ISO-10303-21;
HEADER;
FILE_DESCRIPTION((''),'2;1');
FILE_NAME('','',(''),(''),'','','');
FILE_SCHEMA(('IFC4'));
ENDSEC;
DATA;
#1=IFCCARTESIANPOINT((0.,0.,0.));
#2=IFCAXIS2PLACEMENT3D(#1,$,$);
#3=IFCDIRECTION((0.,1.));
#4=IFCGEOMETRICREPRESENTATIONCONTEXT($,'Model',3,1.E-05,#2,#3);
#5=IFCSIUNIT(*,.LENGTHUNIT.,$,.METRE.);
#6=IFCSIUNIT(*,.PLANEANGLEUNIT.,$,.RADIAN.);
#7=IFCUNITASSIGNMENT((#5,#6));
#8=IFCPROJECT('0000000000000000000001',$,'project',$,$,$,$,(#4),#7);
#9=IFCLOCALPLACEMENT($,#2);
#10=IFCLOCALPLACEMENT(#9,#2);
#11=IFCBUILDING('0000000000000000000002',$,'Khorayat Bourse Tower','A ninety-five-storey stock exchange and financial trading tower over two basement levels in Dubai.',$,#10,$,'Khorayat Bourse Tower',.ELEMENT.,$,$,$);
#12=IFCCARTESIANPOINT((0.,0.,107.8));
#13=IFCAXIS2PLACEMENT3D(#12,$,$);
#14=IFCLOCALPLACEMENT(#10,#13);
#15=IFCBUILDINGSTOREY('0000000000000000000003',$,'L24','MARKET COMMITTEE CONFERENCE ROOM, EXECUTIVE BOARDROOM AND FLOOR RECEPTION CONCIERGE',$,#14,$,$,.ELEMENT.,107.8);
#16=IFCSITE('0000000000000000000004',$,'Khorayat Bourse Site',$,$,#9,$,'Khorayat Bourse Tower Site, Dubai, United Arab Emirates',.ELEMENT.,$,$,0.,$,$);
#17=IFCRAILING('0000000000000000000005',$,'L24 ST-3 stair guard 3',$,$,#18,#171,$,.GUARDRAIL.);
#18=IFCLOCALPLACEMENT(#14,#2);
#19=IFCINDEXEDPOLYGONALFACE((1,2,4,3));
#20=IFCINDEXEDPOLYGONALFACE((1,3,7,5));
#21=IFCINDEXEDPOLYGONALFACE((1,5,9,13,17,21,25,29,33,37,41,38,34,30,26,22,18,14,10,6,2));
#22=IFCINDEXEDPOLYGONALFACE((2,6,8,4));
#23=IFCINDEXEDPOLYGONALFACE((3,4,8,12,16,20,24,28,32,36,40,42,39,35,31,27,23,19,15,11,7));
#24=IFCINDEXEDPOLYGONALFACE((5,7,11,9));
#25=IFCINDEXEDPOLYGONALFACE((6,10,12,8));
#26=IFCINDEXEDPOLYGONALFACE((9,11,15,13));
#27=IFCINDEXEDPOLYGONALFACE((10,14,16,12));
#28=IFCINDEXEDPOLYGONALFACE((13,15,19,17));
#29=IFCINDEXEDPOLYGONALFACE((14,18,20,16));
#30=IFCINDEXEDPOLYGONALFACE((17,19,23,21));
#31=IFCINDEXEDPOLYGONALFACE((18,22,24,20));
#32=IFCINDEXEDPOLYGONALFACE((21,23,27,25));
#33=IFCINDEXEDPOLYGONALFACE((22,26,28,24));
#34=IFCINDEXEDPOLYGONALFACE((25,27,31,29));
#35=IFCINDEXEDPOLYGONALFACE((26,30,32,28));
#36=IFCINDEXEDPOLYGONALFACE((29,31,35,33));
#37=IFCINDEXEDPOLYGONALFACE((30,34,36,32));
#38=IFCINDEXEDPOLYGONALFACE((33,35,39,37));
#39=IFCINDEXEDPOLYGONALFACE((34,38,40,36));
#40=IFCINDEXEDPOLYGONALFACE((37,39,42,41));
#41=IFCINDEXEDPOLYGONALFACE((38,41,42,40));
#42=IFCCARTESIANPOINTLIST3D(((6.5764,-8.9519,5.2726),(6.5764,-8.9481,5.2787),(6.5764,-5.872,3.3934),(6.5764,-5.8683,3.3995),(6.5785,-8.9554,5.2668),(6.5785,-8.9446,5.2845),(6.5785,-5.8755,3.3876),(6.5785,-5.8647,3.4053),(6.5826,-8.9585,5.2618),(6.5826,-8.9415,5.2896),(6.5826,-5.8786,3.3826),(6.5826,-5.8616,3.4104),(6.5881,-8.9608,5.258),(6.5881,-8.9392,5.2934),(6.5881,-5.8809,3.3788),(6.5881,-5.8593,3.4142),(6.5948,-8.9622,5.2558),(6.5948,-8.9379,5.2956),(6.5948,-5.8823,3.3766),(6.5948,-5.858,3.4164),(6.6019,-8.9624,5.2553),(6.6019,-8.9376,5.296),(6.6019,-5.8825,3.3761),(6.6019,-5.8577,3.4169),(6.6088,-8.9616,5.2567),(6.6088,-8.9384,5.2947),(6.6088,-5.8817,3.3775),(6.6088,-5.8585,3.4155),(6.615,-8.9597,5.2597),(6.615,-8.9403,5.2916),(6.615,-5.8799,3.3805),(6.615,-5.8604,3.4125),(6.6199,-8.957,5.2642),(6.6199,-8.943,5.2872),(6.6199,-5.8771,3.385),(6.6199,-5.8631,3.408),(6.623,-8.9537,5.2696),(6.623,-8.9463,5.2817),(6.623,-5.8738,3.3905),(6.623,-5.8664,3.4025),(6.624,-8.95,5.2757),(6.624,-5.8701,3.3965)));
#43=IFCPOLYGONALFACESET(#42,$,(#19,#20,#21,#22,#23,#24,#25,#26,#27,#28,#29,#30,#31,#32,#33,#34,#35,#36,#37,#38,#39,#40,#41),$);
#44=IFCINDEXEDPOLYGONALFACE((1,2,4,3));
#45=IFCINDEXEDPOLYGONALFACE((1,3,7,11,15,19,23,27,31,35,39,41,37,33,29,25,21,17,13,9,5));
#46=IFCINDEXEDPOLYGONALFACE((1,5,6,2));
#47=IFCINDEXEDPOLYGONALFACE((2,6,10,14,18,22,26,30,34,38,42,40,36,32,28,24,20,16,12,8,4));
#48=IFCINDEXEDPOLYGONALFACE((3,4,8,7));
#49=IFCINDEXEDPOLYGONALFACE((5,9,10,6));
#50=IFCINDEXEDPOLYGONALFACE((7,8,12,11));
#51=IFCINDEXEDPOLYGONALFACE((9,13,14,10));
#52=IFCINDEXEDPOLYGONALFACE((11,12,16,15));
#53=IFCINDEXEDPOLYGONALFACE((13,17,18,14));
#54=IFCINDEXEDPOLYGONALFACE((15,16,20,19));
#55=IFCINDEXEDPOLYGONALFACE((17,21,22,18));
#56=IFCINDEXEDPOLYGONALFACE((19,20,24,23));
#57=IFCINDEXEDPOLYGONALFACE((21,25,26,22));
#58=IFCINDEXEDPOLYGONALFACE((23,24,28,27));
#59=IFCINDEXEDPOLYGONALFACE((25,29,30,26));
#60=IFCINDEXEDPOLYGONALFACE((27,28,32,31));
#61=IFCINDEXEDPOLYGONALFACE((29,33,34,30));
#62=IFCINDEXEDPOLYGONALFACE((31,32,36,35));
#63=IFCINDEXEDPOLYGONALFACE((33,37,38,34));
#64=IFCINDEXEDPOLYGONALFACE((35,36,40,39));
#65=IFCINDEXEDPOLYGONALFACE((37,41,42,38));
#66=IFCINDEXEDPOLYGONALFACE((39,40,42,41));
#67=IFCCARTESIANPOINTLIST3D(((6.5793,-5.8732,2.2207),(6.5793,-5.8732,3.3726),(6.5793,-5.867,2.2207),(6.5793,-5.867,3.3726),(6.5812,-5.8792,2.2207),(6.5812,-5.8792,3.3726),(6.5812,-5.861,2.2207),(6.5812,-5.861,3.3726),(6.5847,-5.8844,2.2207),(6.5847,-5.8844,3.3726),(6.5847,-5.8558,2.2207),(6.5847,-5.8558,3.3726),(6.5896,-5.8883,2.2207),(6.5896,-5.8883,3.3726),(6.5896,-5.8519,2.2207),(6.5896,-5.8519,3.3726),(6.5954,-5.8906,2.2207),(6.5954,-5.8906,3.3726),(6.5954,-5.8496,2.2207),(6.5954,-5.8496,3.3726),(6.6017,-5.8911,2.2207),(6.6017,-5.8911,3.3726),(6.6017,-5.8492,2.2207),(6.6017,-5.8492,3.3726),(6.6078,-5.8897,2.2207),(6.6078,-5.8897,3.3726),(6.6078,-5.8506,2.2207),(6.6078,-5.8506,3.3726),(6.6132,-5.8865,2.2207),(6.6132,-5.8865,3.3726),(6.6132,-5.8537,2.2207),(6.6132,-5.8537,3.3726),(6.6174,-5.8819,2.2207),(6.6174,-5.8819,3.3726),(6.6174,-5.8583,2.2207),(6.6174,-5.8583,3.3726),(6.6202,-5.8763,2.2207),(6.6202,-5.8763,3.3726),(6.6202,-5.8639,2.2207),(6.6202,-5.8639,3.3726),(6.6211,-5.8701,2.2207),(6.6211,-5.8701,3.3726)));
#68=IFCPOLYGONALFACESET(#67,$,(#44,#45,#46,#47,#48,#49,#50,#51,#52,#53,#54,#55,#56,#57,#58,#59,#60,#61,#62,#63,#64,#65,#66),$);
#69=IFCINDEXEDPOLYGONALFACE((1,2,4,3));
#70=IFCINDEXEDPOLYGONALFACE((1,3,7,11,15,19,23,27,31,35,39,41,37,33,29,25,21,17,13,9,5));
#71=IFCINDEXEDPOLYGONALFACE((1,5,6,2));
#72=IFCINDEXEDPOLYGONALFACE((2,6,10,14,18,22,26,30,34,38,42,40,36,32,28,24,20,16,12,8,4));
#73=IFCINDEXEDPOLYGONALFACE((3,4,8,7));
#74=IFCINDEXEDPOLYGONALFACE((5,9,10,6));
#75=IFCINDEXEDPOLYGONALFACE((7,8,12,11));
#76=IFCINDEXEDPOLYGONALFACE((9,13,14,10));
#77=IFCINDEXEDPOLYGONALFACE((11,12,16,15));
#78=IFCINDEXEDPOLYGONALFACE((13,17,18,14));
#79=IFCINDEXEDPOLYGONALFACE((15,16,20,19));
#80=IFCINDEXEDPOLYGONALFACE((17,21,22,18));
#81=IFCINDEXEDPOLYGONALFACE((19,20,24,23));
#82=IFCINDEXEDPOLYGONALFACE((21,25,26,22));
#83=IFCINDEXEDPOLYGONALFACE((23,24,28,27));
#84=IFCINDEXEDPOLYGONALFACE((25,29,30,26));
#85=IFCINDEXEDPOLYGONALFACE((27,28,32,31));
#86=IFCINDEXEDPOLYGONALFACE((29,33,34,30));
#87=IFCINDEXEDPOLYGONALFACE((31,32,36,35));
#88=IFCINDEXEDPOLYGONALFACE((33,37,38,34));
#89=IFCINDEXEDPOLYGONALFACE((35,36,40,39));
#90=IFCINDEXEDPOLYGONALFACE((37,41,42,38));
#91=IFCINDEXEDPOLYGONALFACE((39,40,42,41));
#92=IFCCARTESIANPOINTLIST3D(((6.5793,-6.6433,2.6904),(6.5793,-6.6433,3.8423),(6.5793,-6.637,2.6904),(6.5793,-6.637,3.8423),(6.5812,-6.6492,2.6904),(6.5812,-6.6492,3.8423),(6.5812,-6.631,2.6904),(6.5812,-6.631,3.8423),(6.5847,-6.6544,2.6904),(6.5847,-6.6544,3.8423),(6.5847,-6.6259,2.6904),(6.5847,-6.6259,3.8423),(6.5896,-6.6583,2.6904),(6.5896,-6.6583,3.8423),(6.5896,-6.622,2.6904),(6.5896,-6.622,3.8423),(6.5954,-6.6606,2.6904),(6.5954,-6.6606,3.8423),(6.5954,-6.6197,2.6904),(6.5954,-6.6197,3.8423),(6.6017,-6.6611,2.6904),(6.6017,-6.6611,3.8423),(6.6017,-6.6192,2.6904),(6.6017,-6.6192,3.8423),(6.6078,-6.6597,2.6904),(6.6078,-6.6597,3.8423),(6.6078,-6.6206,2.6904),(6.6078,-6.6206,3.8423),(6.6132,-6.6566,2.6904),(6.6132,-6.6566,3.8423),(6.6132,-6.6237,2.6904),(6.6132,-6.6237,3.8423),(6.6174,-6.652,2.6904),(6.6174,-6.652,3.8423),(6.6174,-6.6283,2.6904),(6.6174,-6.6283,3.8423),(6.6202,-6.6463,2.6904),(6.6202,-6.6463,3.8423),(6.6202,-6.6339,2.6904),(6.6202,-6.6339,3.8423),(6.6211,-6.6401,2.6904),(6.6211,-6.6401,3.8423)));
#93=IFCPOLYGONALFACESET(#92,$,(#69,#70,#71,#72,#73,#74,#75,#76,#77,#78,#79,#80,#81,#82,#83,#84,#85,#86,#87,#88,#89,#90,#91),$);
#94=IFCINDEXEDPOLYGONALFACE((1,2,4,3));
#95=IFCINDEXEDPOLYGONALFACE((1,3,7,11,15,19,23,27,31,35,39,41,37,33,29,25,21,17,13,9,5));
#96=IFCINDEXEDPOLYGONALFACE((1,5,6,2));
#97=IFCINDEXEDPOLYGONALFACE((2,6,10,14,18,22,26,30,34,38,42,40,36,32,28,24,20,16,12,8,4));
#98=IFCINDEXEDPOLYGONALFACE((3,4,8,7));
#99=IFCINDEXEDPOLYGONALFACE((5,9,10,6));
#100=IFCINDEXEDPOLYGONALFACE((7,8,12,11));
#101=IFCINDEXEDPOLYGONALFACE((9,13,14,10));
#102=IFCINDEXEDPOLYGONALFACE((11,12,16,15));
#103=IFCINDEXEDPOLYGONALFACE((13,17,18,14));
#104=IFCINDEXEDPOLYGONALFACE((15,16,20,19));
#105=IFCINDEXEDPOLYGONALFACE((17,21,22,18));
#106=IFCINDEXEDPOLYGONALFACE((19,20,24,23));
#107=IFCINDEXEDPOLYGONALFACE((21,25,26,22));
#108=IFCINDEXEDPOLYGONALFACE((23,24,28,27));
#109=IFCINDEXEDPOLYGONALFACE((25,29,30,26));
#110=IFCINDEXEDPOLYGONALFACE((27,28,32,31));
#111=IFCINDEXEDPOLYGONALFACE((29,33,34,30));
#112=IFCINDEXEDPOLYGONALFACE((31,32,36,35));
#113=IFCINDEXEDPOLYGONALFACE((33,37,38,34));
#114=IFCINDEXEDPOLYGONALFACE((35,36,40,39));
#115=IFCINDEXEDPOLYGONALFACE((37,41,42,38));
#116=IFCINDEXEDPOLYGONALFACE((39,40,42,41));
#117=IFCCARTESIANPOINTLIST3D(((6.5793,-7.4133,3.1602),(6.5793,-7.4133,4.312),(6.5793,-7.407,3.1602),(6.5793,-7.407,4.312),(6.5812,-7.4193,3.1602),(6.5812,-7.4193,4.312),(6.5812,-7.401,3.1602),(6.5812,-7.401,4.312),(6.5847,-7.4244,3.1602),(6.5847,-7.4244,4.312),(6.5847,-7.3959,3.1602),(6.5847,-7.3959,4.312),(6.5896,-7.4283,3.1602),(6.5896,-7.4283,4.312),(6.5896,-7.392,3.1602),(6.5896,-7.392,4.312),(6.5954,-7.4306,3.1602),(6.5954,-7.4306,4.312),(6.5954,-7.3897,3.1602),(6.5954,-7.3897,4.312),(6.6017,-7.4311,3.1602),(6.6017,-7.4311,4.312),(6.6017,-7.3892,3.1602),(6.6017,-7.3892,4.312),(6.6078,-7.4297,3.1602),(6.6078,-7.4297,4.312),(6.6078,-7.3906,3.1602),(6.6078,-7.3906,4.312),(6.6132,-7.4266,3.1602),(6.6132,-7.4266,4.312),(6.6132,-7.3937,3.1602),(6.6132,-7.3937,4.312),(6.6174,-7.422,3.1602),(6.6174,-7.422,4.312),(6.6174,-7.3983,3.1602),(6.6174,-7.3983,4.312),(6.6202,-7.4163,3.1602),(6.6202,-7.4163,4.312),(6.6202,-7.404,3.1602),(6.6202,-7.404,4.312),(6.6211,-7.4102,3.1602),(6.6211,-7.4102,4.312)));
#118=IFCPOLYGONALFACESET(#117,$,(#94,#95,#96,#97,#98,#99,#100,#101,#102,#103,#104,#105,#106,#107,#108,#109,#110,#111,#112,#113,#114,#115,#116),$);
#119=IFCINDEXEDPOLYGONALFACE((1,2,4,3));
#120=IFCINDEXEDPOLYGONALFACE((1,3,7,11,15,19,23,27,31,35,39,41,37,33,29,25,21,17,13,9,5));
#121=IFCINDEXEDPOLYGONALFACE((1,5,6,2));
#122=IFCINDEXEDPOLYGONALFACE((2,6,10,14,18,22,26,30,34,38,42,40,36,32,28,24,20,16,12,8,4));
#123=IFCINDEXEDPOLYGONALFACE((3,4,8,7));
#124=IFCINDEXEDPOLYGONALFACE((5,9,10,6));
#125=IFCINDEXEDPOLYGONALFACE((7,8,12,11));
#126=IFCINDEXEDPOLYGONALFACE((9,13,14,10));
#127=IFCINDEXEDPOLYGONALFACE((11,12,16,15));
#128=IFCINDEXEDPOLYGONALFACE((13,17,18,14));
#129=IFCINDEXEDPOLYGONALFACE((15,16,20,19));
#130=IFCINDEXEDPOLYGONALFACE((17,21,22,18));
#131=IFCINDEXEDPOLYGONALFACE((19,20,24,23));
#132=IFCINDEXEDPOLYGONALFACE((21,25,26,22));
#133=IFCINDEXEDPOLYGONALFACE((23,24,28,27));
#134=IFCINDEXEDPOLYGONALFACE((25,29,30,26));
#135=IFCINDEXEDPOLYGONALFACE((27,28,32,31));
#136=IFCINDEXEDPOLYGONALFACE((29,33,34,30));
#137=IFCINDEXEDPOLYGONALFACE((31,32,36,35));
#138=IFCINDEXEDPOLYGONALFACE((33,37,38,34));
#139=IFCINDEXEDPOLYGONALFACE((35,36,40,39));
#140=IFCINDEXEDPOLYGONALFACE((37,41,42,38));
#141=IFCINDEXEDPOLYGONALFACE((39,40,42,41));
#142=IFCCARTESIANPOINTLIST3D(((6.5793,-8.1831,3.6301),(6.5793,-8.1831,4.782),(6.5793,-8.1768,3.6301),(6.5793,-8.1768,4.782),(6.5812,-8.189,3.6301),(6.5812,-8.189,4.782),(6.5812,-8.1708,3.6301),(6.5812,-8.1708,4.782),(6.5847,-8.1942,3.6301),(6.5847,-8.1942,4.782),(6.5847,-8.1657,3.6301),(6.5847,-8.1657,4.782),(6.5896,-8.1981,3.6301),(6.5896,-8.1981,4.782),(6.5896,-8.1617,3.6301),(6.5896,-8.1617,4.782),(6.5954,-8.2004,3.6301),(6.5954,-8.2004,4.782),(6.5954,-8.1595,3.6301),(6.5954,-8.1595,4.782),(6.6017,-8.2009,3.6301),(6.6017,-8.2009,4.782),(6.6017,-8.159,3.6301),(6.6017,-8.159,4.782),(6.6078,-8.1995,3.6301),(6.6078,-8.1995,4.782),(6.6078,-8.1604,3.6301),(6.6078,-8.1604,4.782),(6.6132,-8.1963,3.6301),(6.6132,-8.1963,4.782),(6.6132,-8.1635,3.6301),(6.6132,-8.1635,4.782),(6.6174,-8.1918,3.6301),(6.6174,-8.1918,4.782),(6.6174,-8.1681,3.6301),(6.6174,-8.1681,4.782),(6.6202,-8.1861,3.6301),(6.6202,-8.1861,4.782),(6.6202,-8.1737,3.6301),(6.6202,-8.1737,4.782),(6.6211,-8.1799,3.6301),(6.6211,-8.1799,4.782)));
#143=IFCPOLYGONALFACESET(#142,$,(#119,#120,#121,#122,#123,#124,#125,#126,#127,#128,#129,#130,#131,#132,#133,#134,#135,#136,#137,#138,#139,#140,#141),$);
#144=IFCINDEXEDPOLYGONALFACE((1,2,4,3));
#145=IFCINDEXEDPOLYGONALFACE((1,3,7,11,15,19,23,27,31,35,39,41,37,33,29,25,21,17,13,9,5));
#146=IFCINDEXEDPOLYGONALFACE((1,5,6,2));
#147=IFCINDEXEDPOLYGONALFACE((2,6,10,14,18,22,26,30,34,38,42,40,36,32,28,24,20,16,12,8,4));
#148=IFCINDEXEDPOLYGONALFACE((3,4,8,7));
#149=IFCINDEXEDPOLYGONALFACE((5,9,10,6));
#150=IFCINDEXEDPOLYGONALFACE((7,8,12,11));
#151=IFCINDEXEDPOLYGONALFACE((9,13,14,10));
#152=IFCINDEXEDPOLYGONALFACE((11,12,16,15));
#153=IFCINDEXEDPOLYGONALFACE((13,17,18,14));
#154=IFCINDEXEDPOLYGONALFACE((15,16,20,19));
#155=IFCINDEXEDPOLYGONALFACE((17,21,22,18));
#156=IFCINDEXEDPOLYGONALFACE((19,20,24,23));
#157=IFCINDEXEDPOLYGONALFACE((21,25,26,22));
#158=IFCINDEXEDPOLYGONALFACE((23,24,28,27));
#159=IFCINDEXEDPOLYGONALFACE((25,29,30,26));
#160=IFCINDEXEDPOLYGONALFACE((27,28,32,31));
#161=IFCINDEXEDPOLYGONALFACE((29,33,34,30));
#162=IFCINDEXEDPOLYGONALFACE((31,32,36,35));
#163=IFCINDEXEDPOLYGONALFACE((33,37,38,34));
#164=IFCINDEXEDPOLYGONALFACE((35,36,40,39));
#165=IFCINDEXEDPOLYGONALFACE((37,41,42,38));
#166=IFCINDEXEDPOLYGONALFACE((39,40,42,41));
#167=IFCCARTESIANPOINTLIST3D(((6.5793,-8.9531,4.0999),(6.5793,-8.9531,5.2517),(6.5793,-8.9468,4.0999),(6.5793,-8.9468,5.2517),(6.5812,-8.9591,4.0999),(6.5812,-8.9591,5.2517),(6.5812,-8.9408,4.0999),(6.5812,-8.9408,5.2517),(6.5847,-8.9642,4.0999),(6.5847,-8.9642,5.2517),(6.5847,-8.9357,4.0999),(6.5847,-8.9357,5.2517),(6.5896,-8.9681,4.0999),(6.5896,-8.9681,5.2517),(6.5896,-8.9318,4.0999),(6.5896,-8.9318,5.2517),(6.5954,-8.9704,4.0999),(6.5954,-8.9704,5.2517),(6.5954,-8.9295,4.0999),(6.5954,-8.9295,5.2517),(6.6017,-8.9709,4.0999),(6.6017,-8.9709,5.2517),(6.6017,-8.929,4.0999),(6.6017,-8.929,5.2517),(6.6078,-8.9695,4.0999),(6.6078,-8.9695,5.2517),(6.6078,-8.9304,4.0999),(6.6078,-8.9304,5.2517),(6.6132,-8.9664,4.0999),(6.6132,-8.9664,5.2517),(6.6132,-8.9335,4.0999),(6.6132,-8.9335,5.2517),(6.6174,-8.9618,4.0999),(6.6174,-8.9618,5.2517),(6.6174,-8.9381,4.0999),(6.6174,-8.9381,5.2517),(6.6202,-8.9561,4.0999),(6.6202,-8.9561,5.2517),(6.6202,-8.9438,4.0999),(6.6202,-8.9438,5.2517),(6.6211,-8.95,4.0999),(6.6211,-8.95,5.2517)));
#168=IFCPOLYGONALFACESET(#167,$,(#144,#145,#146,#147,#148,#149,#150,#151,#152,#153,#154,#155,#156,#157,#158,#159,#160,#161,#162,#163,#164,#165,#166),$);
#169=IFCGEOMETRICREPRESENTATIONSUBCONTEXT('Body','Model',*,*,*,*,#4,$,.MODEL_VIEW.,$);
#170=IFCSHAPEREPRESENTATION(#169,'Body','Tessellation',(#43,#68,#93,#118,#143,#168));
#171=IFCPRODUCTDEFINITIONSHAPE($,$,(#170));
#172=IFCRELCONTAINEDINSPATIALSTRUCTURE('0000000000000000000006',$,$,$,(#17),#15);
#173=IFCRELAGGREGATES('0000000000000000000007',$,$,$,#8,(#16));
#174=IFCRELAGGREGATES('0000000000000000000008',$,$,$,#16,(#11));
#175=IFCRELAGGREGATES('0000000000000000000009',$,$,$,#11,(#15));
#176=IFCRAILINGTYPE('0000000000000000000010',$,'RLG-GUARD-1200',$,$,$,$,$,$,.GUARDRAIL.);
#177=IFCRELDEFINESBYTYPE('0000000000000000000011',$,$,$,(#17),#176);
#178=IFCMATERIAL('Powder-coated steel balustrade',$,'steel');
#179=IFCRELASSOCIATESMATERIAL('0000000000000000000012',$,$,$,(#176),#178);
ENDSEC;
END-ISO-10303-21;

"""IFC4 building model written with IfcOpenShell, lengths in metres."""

from ifc_helpers import new_model, si_unit, direction, frame, origin, origin_2d, place, context, subcontext, project, spatial, circle, extrude, source, transform, mapped, material, type_object, element, save


model = new_model("IFC4")

# Units and contexts
model_context = context("Model", 3, precision=1e-05, world=origin(), true_north=direction((0.0, 1.0)))
body_context = subcontext(model_context, "Body", "Model", "MODEL_VIEW")
ifc_project = project(units=[si_unit("LENGTHUNIT", "METRE"), si_unit("PLANEANGLEUNIT", "RADIAN")], contexts=[model_context])

# Site, building, storey
site_placement = place(None, origin())
site = spatial("IfcSite", under=ifc_project, at=site_placement, Name="Khorayat Bourse Site", LongName="Khorayat Bourse Tower Site, Dubai, United Arab Emirates", CompositionType="ELEMENT", RefElevation=0.0)
building_placement = place(site_placement, origin())
building = spatial("IfcBuilding", under=site, at=building_placement, Name="Khorayat Bourse Tower", Description="A ninety-five-storey stock exchange and financial trading tower over two basement levels in Dubai.", LongName="Khorayat Bourse Tower", CompositionType="ELEMENT")
storey_placement = place(building_placement, frame((0.0, 0.0, 107.8)))
storey = spatial("IfcBuildingStorey", under=building, at=storey_placement, Name="L24", Description="MARKET COMMITTEE CONFERENCE ROOM, EXECUTIVE BOARDROOM AND FLOOR RECEPTION CONCIERGE", CompositionType="ELEMENT", Elevation=107.8)

# Railing
ifc_material_1 = material(Name="Powder-coated steel balustrade", Category="steel")
railing_type_1 = type_object("IfcRailingType", Name="RLG-GUARD-1200", PredefinedType="GUARDRAIL", material=ifc_material_1)
shared_shape_1 = source(origin(), body_context, "Body", "SweptSolid", [
    extrude(circle(Radius=0.0239, at=origin_2d()), frame((0.0, 0.0, 1.1758), z_axis=(0.0, -0.853648, 0.52085), x_axis=(1.0, 0.0, 0.0)), (0.0, 0.0, 1.0), 3.6079),
    extrude(circle(Radius=0.021, at=origin_2d()), origin(), (0.0, 0.0, 1.0), 1.1519),
    extrude(circle(Radius=0.021, at=origin_2d()), frame((0.0, -0.77, 0.4697)), (0.0, 0.0, 1.0), 1.1519),
    extrude(circle(Radius=0.021, at=origin_2d()), frame((0.0, -1.54, 0.9395)), (0.0, 0.0, 1.0), 1.1519),
    extrude(circle(Radius=0.021, at=origin_2d()), frame((0.0, -2.3098, 1.4094)), (0.0, 0.0, 1.0), 1.1519),
    extrude(circle(Radius=0.021, at=origin_2d()), frame((0.0, -3.0798, 1.8792)), (0.0, 0.0, 1.0), 1.1519),
])
railing_1_placement = place(storey_placement, frame((6.6001, -5.8701, 2.2207)))
element("IfcRailing", 1, at=railing_1_placement, inside=storey, type_object=railing_type_1, Name="L24 ST-3 stair guard 3", PredefinedType="GUARDRAIL", context=body_context, shape_type="MappedRepresentation", body=[
    mapped(shared_shape_1, transform((0.0, 0.0, 0.0), scale=1.0)),
])

save(model, "model.ifc")
